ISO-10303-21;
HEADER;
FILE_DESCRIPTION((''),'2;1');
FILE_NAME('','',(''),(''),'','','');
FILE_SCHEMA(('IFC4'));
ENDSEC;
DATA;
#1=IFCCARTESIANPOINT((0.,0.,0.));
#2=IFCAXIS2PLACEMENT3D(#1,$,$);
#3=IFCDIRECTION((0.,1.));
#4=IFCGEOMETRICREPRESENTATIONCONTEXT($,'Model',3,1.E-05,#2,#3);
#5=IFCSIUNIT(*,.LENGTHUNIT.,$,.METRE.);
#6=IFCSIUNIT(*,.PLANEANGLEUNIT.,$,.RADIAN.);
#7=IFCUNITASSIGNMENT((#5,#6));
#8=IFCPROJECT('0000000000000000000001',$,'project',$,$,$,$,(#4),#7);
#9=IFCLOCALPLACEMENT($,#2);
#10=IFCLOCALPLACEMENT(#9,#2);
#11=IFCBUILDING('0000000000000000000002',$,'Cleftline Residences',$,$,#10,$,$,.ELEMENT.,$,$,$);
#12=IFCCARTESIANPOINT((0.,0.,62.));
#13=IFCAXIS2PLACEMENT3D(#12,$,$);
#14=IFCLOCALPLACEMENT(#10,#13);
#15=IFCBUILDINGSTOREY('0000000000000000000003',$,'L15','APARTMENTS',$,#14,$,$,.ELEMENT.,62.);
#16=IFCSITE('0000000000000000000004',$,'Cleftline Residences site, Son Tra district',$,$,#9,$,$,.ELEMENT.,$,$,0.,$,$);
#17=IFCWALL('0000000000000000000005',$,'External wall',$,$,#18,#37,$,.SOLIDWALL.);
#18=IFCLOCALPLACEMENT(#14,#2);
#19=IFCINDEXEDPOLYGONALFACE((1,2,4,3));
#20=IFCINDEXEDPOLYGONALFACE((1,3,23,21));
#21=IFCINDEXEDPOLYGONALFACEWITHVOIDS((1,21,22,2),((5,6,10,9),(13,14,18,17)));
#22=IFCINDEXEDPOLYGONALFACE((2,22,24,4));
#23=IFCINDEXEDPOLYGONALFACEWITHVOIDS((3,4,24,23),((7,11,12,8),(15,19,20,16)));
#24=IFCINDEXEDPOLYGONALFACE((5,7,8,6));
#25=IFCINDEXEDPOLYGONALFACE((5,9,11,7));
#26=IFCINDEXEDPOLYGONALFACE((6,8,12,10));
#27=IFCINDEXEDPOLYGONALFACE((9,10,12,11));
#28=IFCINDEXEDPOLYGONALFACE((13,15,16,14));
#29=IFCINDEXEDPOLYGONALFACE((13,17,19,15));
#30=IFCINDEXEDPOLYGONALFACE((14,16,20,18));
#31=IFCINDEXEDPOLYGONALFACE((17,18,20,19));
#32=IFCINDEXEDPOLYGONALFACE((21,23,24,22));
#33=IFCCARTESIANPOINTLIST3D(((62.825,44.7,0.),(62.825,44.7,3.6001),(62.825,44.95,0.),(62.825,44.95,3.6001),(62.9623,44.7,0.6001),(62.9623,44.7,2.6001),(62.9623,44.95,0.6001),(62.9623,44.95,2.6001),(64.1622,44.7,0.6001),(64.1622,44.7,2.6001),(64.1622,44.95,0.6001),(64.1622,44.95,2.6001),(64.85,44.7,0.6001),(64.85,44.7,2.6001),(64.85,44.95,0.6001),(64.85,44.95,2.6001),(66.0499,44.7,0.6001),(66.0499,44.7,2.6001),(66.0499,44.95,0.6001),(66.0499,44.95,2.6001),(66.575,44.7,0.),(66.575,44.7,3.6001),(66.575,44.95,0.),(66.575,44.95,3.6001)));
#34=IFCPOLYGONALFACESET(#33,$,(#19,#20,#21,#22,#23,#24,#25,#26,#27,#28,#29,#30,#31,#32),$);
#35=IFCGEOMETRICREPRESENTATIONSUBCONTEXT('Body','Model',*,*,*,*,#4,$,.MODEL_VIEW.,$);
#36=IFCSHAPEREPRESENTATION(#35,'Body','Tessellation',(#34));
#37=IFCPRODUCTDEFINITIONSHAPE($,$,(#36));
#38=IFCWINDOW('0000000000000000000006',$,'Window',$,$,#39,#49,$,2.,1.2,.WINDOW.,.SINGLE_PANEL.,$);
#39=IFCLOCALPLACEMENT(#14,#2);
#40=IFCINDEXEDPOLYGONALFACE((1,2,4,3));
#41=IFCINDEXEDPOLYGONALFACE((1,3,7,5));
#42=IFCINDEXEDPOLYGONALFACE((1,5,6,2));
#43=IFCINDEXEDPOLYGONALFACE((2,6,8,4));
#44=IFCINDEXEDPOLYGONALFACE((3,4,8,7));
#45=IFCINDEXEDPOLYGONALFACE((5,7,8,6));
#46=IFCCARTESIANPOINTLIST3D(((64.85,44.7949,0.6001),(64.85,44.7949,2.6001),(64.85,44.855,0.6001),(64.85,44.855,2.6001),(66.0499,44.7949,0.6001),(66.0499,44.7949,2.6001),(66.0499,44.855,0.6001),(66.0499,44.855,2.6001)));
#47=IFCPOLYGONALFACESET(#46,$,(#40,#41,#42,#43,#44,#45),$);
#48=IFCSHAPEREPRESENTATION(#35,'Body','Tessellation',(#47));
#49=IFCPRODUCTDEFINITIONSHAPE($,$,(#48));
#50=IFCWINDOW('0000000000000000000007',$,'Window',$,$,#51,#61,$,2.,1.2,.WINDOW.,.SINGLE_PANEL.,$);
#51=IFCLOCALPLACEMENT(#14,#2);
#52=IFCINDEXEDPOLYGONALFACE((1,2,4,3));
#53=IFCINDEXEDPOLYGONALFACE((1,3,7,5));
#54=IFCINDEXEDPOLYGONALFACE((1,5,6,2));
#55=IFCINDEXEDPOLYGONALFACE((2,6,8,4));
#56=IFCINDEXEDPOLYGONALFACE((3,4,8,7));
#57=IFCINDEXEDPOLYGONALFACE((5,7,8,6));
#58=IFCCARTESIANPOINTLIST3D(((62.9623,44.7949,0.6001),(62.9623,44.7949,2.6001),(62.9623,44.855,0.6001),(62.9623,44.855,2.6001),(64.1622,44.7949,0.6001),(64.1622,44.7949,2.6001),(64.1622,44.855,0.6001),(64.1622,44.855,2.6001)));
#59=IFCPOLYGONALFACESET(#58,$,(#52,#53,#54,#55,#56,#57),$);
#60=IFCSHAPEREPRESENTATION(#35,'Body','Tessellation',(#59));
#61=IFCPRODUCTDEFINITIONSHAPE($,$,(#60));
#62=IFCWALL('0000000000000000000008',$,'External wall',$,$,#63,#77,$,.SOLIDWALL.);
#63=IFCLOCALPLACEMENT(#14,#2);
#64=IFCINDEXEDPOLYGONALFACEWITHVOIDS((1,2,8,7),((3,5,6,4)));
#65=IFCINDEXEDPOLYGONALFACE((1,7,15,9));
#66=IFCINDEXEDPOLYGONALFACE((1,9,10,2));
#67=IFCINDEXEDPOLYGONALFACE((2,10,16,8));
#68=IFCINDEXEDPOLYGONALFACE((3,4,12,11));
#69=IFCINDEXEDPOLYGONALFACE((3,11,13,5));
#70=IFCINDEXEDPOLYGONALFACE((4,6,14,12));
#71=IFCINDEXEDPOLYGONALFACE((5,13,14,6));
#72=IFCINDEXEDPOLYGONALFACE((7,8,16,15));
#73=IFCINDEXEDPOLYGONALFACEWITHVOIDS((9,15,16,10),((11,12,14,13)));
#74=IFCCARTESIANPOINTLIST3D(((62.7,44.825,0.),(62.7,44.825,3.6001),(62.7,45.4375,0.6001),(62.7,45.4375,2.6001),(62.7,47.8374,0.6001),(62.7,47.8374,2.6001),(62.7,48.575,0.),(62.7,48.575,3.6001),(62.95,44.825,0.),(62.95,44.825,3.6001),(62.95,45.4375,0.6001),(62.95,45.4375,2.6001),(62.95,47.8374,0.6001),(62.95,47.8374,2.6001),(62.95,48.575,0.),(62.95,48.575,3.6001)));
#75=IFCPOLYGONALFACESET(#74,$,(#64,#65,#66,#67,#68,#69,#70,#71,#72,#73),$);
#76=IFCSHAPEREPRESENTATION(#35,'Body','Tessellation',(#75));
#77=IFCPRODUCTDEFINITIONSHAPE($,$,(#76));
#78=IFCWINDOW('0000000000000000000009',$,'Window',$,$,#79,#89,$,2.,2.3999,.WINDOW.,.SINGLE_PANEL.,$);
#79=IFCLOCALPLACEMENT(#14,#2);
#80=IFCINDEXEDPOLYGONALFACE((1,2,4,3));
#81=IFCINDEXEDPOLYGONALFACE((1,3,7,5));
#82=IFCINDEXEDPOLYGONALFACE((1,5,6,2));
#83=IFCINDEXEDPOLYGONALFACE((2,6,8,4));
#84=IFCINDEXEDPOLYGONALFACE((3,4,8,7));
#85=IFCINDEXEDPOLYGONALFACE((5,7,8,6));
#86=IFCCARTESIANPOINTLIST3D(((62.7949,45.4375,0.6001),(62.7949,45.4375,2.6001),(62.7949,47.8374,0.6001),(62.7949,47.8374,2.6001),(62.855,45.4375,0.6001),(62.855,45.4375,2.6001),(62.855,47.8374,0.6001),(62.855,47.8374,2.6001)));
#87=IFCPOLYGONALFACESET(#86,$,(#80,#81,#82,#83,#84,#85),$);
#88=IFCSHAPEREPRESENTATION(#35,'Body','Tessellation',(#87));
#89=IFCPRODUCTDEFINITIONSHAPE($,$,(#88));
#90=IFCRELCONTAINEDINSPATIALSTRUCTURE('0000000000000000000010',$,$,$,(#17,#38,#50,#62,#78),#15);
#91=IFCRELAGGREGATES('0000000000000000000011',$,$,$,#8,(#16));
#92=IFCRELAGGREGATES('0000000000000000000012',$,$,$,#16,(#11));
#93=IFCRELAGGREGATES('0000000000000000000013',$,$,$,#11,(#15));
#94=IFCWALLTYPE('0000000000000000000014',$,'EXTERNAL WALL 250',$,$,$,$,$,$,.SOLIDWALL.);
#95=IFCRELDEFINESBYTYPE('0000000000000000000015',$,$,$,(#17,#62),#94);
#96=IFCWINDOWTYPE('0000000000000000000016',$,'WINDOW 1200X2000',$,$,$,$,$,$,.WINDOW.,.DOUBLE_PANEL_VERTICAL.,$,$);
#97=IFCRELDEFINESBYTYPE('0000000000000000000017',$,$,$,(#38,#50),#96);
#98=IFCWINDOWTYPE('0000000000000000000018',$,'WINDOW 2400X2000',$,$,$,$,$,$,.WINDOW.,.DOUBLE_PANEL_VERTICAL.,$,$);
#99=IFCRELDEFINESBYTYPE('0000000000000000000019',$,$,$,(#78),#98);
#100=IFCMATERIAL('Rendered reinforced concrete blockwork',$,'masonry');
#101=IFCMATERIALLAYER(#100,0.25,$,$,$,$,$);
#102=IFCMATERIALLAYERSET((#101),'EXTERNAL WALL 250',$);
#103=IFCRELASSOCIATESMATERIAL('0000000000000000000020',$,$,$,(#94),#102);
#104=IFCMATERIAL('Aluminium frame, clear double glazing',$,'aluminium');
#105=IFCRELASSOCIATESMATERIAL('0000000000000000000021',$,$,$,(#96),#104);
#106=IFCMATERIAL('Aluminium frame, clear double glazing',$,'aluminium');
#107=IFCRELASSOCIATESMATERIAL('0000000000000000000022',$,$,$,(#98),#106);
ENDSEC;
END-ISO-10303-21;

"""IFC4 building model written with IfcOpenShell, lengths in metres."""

from ifc_helpers import new_model, si_unit, direction, frame, frame_2d, origin, place, context, subcontext, project, spatial, rectangle, extrude, material, layer, layer_set, type_object, element, fill, save


model = new_model("IFC4")

# Units and contexts
model_context = context("Model", 3, precision=1e-05, world=origin(), true_north=direction((0.0, 1.0)))
body_context = subcontext(model_context, "Body", "Model", "MODEL_VIEW")
ifc_project = project(units=[si_unit("LENGTHUNIT", "METRE"), si_unit("PLANEANGLEUNIT", "RADIAN")], contexts=[model_context])

# Site, building, storey
site_placement = place(None, origin())
site = spatial("IfcSite", under=ifc_project, at=site_placement, Name="Cleftline Residences site, Son Tra district", CompositionType="ELEMENT", RefElevation=0.0)
building_placement = place(site_placement, origin())
building = spatial("IfcBuilding", under=site, at=building_placement, Name="Cleftline Residences", CompositionType="ELEMENT")
storey_placement = place(building_placement, frame((0.0, 0.0, 62.0)))
storey = spatial("IfcBuildingStorey", under=building, at=storey_placement, Name="L15", Description="APARTMENTS", CompositionType="ELEMENT", Elevation=62.0)

# Wall, openings, windows
ifc_material_1 = material(Name="Rendered reinforced concrete blockwork", Category="masonry")
ifc_layer_1 = layer(ifc_material_1, 0.25)
ifc_layer_set_1 = layer_set([ifc_layer_1], Name="EXTERNAL WALL 250")
wall_type_1 = type_object("IfcWallType", Name="EXTERNAL WALL 250", PredefinedType="SOLIDWALL", material=ifc_layer_set_1)
wall_1_placement = place(storey_placement, frame((66.575, 44.825, 0.0), z_axis=(0.0, 0.0, 1.0), x_axis=(-1.0, 0.0, 0.0)))
wall_1 = element("IfcWall", 1, at=wall_1_placement, inside=storey, type_object=wall_type_1, Name="External wall", PredefinedType="SOLIDWALL", context=body_context, shape_type="SweptSolid", body=[
    extrude(rectangle(XDim=3.75, YDim=0.25, at=frame_2d((1.875, 0.0))), origin(), (0.0, 0.0, 1.0), 3.6001),
])
opening_1_placement = place(wall_1_placement, frame((0.5249, 0.0, 0.6001)))
opening_1 = element("IfcOpeningElement", 2, at=opening_1_placement, cuts=wall_1, PredefinedType="OPENING", context=body_context, shape_type="SweptSolid", body=[
    extrude(rectangle(XDim=1.2, YDim=2.0, at=frame_2d((0.6001, 1.0))), frame((0.0, 0.135, 0.0), z_axis=(0.0, -1.0, 0.0), x_axis=(1.0, 0.0, 0.0)), (0.0, 0.0, 1.0), 0.27),
])
opening_2_placement = place(wall_1_placement, frame((2.4126, 0.0, 0.6001)))
opening_2 = element("IfcOpeningElement", 3, at=opening_2_placement, cuts=wall_1, PredefinedType="OPENING", context=body_context, shape_type="SweptSolid", body=[
    extrude(rectangle(XDim=1.2, YDim=2.0, at=frame_2d((0.6001, 1.0))), frame((0.0, 0.135, 0.0), z_axis=(0.0, -1.0, 0.0), x_axis=(1.0, 0.0, 0.0)), (0.0, 0.0, 1.0), 0.27),
])
ifc_material_2 = material(Name="Aluminium frame, clear double glazing", Category="aluminium")
window_type_1 = type_object("IfcWindowType", Name="WINDOW 1200X2000", PartitioningType="DOUBLE_PANEL_VERTICAL", PredefinedType="WINDOW", material=ifc_material_2)
window_1_placement = place(opening_1_placement, origin())
window_1 = element("IfcWindow", 4, at=window_1_placement, inside=storey, type_object=window_type_1, Name="Window", OverallHeight=2.0, OverallWidth=1.2, PartitioningType="SINGLE_PANEL", PredefinedType="WINDOW", context=body_context, shape_type="SweptSolid", body=[
    extrude(rectangle(XDim=1.2, YDim=2.0, at=frame_2d((0.6001, 1.0))), frame((0.0, 0.03, 0.0), z_axis=(0.0, -1.0, 0.0), x_axis=(1.0, 0.0, 0.0)), (0.0, 0.0, 1.0), 0.0601),
])
fill(opening_1, window_1)
window_2_placement = place(opening_2_placement, origin())
window_2 = element("IfcWindow", 5, at=window_2_placement, inside=storey, type_object=window_type_1, Name="Window", OverallHeight=2.0, OverallWidth=1.2, PartitioningType="SINGLE_PANEL", PredefinedType="WINDOW", context=body_context, shape_type="SweptSolid", body=[
    extrude(rectangle(XDim=1.2, YDim=2.0, at=frame_2d((0.6001, 1.0))), frame((0.0, 0.03, 0.0), z_axis=(0.0, -1.0, 0.0), x_axis=(1.0, 0.0, 0.0)), (0.0, 0.0, 1.0), 0.0601),
])
fill(opening_2, window_2)

# Wall, opening, window
wall_2_placement = place(storey_placement, frame((62.825, 44.825, 0.0), z_axis=(0.0, 0.0, 1.0), x_axis=(0.0, 1.0, 0.0)))
wall_2 = element("IfcWall", 6, at=wall_2_placement, inside=storey, type_object=wall_type_1, Name="External wall", PredefinedType="SOLIDWALL", context=body_context, shape_type="SweptSolid", body=[
    extrude(rectangle(XDim=3.75, YDim=0.25, at=frame_2d((1.875, 0.0))), origin(), (0.0, 0.0, 1.0), 3.6001),
])
opening_3_placement = place(wall_2_placement, frame((0.6125, 0.0, 0.6001)))
opening_3 = element("IfcOpeningElement", 7, at=opening_3_placement, cuts=wall_2, PredefinedType="OPENING", context=body_context, shape_type="SweptSolid", body=[
    extrude(rectangle(XDim=2.3999, YDim=2.0, at=frame_2d((1.2, 1.0))), frame((0.0, 0.135, 0.0), z_axis=(0.0, -1.0, 0.0), x_axis=(1.0, 0.0, 0.0)), (0.0, 0.0, 1.0), 0.27),
])
ifc_material_3 = material(Name="Aluminium frame, clear double glazing", Category="aluminium")
window_type_2 = type_object("IfcWindowType", Name="WINDOW 2400X2000", PartitioningType="DOUBLE_PANEL_VERTICAL", PredefinedType="WINDOW", material=ifc_material_3)
window_3_placement = place(opening_3_placement, origin())
window_3 = element("IfcWindow", 8, at=window_3_placement, inside=storey, type_object=window_type_2, Name="Window", OverallHeight=2.0, OverallWidth=2.3999, PartitioningType="SINGLE_PANEL", PredefinedType="WINDOW", context=body_context, shape_type="SweptSolid", body=[
    extrude(rectangle(XDim=2.3999, YDim=2.0, at=frame_2d((1.2, 1.0))), frame((0.0, 0.03, 0.0), z_axis=(0.0, -1.0, 0.0), x_axis=(1.0, 0.0, 0.0)), (0.0, 0.0, 1.0), 0.0601),
])
fill(opening_3, window_3)

save(model, "model.ifc")
